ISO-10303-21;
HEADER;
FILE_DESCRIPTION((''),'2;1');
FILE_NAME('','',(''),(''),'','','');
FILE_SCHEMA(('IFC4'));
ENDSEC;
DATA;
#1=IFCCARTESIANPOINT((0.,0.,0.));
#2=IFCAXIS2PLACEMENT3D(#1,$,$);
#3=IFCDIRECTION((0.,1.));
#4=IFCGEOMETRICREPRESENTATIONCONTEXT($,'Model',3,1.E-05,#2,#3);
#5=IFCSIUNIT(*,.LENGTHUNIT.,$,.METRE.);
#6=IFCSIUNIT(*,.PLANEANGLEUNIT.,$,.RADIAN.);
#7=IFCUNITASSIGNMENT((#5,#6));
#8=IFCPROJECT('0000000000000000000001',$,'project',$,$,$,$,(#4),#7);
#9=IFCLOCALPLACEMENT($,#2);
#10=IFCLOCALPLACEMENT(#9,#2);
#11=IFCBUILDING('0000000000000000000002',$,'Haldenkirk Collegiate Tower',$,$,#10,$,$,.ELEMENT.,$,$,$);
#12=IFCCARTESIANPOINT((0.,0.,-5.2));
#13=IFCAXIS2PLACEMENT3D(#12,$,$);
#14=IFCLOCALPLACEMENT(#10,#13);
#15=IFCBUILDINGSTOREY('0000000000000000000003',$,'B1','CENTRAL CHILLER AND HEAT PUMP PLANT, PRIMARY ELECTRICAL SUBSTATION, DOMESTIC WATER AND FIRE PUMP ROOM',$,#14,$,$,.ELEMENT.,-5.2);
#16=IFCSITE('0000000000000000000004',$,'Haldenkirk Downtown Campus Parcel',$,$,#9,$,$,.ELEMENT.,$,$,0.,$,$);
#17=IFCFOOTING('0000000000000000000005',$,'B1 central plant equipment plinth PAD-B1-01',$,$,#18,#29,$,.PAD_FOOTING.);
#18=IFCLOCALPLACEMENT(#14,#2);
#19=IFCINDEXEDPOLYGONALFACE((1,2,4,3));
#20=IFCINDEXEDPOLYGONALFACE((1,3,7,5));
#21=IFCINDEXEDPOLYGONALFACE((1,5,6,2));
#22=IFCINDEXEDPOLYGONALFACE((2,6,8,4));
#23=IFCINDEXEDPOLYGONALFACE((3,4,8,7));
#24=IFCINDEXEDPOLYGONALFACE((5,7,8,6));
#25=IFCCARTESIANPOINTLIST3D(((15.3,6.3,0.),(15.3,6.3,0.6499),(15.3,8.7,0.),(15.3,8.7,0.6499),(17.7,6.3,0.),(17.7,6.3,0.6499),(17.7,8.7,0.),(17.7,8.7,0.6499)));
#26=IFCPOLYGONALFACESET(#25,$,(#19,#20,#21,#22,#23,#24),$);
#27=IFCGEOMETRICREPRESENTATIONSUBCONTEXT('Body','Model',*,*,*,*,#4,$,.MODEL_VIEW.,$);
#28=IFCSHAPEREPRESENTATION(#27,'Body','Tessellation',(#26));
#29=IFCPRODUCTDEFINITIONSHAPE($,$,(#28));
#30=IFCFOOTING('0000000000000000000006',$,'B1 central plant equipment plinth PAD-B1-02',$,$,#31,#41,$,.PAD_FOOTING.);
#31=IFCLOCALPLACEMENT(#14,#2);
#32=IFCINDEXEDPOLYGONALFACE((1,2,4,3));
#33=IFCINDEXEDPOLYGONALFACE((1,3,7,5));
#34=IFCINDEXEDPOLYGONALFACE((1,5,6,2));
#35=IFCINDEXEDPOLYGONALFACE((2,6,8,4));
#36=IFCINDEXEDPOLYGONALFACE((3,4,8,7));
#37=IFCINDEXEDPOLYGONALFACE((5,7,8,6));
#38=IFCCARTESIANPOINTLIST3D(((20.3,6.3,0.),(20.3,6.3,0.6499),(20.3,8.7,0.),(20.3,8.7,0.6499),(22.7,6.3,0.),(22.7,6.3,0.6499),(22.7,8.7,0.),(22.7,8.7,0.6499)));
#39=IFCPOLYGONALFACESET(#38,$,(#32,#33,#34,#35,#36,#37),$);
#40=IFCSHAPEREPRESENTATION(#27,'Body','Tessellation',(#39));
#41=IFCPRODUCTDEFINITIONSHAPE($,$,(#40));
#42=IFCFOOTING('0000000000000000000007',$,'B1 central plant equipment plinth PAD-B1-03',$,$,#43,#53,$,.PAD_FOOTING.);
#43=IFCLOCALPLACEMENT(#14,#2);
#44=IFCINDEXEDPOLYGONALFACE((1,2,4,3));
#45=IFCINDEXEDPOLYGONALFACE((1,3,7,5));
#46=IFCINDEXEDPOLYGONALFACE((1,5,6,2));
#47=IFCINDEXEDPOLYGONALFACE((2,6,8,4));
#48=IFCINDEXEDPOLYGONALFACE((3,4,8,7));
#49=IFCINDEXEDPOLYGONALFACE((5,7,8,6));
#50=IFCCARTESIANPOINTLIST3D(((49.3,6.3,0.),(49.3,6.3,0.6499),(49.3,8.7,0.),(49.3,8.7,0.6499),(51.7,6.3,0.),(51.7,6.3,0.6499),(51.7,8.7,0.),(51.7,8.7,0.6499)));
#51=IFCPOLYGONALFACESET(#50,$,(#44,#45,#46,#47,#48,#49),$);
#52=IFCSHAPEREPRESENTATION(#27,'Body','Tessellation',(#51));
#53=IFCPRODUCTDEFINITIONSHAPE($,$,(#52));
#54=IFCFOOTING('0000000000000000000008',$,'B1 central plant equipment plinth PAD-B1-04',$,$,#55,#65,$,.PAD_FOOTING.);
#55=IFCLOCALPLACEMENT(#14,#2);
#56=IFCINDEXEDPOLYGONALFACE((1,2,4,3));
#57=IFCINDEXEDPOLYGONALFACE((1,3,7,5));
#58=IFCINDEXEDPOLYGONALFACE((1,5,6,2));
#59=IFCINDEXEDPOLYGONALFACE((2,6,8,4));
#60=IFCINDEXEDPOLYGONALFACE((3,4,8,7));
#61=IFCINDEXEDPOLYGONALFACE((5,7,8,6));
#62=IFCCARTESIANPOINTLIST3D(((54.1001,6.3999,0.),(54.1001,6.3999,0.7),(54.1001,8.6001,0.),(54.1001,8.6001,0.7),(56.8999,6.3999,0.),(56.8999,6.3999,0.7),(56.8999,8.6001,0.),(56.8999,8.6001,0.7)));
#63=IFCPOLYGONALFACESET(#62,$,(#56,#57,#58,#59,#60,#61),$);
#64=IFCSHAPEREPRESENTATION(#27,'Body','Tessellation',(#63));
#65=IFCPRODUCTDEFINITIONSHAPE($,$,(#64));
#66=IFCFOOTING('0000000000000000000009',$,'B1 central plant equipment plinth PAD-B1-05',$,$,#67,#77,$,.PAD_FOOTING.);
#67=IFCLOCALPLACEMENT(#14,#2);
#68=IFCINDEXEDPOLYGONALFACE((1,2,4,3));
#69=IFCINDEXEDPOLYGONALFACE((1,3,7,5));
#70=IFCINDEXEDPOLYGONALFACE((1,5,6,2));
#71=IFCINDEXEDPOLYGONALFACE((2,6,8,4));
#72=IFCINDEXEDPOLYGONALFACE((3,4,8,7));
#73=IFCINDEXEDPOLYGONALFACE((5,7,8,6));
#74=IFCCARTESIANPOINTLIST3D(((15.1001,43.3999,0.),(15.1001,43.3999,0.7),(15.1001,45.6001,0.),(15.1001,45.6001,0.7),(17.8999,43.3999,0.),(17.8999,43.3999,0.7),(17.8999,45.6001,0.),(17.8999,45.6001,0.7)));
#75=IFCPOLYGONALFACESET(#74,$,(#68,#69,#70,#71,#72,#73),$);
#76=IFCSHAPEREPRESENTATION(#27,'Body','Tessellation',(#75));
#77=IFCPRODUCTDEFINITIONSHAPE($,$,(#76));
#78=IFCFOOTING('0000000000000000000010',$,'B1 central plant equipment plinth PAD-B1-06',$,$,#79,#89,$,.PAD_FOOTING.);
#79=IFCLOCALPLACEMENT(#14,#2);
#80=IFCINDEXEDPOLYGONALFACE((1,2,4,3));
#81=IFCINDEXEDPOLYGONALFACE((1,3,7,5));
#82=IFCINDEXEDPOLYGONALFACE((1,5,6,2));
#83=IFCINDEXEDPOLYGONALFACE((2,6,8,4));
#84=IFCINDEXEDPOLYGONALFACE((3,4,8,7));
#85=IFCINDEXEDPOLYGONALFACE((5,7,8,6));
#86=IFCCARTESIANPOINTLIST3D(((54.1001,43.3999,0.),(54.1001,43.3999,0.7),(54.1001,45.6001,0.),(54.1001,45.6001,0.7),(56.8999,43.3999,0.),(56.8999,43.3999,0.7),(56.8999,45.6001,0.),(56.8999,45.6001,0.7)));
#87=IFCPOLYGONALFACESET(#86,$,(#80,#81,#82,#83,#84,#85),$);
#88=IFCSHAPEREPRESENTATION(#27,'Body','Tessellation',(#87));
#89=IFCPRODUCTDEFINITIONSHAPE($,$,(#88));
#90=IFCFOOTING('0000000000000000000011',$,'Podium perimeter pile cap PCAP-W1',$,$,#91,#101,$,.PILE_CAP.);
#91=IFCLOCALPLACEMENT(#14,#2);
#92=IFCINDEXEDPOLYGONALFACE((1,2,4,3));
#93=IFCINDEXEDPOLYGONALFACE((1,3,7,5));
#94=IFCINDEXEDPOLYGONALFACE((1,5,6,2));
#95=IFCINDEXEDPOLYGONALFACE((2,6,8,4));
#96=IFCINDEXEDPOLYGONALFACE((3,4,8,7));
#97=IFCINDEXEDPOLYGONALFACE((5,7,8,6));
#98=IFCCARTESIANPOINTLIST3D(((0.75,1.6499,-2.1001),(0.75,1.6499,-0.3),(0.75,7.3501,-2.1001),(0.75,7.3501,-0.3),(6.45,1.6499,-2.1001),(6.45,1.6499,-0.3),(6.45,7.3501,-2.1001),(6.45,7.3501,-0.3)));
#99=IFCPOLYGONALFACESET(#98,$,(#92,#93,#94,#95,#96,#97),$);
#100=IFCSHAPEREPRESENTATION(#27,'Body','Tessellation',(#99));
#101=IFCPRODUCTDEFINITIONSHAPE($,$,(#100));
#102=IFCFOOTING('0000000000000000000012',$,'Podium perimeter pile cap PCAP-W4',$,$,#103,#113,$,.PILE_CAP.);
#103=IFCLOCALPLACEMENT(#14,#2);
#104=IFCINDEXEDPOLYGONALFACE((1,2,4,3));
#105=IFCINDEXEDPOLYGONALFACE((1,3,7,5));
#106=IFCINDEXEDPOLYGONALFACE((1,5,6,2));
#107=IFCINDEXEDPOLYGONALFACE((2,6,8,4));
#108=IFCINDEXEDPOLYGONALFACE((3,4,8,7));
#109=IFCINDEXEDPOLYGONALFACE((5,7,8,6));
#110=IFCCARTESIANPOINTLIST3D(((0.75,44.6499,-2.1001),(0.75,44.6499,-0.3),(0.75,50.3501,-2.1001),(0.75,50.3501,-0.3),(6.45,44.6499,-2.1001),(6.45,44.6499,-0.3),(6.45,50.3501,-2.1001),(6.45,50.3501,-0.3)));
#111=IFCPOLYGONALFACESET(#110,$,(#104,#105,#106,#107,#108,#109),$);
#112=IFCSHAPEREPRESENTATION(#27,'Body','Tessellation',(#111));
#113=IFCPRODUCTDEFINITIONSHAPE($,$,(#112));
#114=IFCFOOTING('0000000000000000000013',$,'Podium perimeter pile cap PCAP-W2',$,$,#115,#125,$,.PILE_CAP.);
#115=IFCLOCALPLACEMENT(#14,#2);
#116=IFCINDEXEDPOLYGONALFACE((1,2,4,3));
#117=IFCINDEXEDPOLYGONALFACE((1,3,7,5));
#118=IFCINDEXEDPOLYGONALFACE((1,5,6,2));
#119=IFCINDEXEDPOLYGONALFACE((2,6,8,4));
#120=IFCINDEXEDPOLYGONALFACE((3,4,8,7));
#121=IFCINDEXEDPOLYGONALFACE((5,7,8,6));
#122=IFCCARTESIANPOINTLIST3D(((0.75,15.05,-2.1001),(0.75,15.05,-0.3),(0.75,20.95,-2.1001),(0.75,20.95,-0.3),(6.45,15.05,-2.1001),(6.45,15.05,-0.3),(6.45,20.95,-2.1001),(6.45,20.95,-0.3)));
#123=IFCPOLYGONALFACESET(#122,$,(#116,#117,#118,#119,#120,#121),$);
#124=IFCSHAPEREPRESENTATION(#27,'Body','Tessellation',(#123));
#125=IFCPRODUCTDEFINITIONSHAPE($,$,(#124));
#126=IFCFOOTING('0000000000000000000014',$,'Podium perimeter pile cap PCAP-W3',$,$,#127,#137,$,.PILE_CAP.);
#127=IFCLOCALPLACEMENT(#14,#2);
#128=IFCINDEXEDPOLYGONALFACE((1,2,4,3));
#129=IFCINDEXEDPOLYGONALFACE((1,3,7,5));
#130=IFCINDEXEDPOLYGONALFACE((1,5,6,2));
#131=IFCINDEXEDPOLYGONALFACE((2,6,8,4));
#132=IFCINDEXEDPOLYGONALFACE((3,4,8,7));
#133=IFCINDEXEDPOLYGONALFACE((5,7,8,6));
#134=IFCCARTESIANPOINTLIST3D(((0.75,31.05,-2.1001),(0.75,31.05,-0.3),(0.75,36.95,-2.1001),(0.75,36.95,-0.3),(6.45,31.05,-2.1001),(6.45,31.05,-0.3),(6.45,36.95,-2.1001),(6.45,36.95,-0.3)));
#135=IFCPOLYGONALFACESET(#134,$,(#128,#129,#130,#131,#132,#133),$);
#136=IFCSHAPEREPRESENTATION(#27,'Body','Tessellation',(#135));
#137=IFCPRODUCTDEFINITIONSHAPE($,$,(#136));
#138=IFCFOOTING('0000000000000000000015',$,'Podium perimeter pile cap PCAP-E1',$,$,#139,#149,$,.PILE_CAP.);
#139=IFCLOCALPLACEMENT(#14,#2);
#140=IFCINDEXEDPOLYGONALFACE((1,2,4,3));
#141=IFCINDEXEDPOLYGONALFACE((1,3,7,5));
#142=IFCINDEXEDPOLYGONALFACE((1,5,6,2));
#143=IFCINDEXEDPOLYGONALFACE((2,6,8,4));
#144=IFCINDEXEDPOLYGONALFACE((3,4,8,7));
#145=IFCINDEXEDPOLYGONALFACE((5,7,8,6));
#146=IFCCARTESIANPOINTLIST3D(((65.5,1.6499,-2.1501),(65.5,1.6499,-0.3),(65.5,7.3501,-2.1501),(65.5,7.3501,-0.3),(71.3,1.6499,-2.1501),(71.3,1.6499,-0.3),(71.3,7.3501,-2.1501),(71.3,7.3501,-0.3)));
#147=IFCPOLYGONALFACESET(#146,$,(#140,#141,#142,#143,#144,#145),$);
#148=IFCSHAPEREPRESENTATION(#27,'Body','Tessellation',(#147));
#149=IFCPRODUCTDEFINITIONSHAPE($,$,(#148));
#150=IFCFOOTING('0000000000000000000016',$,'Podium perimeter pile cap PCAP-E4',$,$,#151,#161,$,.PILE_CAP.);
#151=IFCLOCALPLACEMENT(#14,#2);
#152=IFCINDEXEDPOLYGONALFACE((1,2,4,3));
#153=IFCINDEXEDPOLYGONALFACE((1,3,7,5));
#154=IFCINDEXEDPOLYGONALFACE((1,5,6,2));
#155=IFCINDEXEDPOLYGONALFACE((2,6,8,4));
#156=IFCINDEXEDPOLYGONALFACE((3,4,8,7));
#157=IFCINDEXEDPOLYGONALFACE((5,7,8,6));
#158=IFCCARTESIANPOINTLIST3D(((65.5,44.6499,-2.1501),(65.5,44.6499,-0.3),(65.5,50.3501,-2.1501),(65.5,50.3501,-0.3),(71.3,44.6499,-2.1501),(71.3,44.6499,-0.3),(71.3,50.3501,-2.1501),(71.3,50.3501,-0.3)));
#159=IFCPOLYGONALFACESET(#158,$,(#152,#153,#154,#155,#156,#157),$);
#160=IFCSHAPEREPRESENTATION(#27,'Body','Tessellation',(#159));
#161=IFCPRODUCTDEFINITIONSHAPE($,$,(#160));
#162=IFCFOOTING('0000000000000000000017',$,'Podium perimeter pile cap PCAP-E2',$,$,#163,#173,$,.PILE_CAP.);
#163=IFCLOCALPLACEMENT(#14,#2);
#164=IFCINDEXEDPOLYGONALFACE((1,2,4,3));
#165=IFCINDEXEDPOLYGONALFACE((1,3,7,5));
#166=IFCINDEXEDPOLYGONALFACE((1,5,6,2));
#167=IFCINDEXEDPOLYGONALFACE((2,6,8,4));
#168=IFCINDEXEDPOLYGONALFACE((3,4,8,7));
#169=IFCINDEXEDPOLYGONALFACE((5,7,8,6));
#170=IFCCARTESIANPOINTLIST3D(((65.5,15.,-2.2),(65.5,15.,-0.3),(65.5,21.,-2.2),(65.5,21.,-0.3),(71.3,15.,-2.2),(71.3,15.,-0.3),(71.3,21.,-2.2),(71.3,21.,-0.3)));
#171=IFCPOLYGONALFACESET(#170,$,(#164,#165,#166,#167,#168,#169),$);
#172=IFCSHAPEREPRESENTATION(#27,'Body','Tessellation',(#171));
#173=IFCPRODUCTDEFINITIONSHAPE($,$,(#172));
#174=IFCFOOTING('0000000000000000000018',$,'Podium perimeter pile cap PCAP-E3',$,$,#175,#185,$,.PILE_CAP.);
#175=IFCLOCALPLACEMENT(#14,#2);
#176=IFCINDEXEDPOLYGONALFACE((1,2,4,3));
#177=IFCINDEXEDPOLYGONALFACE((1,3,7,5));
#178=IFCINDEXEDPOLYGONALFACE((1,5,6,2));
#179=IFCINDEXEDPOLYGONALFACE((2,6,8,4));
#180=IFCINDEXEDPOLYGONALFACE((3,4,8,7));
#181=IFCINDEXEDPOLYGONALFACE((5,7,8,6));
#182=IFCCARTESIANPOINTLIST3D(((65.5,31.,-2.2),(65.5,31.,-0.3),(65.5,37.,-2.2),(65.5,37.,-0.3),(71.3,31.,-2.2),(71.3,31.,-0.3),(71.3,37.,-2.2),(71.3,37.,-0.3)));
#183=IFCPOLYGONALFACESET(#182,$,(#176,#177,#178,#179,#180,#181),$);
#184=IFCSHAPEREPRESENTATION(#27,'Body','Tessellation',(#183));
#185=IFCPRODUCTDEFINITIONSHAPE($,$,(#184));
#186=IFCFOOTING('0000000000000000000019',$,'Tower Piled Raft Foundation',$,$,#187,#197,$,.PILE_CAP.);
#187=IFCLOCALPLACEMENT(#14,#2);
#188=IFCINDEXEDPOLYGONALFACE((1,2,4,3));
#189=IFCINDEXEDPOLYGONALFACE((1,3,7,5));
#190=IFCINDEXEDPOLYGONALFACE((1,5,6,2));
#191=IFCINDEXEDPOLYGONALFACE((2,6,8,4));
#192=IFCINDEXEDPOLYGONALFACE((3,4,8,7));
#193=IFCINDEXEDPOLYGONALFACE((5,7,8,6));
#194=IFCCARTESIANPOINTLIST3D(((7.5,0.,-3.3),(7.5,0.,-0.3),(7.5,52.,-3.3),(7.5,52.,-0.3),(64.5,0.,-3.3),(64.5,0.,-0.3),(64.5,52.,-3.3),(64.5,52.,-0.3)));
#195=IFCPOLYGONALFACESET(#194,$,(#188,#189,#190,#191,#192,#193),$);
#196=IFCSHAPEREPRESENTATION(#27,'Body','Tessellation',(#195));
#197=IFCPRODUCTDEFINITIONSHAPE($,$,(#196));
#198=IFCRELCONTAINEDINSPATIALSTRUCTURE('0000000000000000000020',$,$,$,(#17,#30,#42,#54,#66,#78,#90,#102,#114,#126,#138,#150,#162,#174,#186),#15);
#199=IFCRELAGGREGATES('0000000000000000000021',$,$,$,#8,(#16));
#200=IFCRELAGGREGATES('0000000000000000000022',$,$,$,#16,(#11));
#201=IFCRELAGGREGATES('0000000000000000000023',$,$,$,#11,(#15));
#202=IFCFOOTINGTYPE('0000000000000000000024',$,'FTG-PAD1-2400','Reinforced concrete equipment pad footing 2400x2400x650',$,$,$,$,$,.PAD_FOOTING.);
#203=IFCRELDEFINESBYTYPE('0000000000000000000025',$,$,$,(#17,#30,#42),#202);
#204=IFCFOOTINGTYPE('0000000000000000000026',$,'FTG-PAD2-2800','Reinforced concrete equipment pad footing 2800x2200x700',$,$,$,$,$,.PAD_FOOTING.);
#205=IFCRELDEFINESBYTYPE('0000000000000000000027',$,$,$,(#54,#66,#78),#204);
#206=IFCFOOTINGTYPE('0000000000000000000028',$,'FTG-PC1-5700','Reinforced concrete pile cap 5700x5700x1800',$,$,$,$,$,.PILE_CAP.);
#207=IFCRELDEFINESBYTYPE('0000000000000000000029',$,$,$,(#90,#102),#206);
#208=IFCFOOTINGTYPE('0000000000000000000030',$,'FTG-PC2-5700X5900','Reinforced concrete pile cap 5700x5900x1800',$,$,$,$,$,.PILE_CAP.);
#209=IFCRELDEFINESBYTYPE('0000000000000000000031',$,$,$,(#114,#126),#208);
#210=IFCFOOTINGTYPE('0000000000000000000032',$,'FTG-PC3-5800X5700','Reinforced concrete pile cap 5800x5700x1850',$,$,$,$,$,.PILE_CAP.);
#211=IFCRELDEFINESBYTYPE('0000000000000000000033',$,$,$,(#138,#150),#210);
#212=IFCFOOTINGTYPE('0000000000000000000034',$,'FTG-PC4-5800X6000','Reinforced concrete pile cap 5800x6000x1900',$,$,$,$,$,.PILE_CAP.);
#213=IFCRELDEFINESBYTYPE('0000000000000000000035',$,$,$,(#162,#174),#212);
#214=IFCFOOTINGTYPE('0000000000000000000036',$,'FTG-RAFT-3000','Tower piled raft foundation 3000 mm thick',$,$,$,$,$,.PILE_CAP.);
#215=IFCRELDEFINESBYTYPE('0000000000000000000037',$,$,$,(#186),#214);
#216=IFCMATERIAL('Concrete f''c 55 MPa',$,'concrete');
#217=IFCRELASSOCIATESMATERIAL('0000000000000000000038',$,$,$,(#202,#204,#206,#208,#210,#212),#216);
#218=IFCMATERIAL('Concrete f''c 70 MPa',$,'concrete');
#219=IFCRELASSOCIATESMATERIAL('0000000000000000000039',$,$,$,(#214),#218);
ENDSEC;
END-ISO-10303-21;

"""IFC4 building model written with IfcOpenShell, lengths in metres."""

from ifc_helpers import new_model, si_unit, direction, frame, origin, place, context, subcontext, project, spatial, polyline, outline, extrude, material, type_object, element, save


model = new_model("IFC4")

# Units and contexts
model_context = context("Model", 3, precision=1e-05, world=origin(), true_north=direction((0.0, 1.0)))
body_context = subcontext(model_context, "Body", "Model", "MODEL_VIEW")
ifc_project = project(units=[si_unit("LENGTHUNIT", "METRE"), si_unit("PLANEANGLEUNIT", "RADIAN")], contexts=[model_context])

# Site, building, storey
site_placement = place(None, origin())
site = spatial("IfcSite", under=ifc_project, at=site_placement, Name="Haldenkirk Downtown Campus Parcel", CompositionType="ELEMENT", RefElevation=0.0)
building_placement = place(site_placement, origin())
building = spatial("IfcBuilding", under=site, at=building_placement, Name="Haldenkirk Collegiate Tower", CompositionType="ELEMENT")
storey_placement = place(building_placement, frame((0.0, 0.0, -5.2)))
storey = spatial("IfcBuildingStorey", under=building, at=storey_placement, Name="B1", Description="CENTRAL CHILLER AND HEAT PUMP PLANT, PRIMARY ELECTRICAL SUBSTATION, DOMESTIC WATER AND FIRE PUMP ROOM", CompositionType="ELEMENT", Elevation=-5.2)

# Footings
ifc_material_1 = material(Name="Concrete f'c 55 MPa", Category="concrete")
footing_type_1 = type_object("IfcFootingType", Name="FTG-PAD1-2400", Description="Reinforced concrete equipment pad footing 2400x2400x650", PredefinedType="PAD_FOOTING", material=ifc_material_1)
footing_1_placement = place(storey_placement, origin())
element("IfcFooting", 1, at=footing_1_placement, inside=storey, type_object=footing_type_1, Name="B1 central plant equipment plinth PAD-B1-01", PredefinedType="PAD_FOOTING", context=body_context, shape_type="SweptSolid", body=[
    extrude(outline(polyline([(15.3, 6.3), (17.7, 6.3), (17.7, 8.7), (15.3, 8.7), (15.3, 6.3)])), origin(), (0.0, 0.0, 1.0), 0.6499),
])
footing_2_placement = place(storey_placement, origin())
element("IfcFooting", 2, at=footing_2_placement, inside=storey, type_object=footing_type_1, Name="B1 central plant equipment plinth PAD-B1-02", PredefinedType="PAD_FOOTING", context=body_context, shape_type="SweptSolid", body=[
    extrude(outline(polyline([(20.3, 6.3), (22.7, 6.3), (22.7, 8.7), (20.3, 8.7), (20.3, 6.3)])), origin(), (0.0, 0.0, 1.0), 0.6499),
])
footing_3_placement = place(storey_placement, origin())
element("IfcFooting", 3, at=footing_3_placement, inside=storey, type_object=footing_type_1, Name="B1 central plant equipment plinth PAD-B1-03", PredefinedType="PAD_FOOTING", context=body_context, shape_type="SweptSolid", body=[
    extrude(outline(polyline([(49.3, 6.3), (51.7, 6.3), (51.7, 8.7), (49.3, 8.7), (49.3, 6.3)])), origin(), (0.0, 0.0, 1.0), 0.6499),
])
footing_type_2 = type_object("IfcFootingType", Name="FTG-PAD2-2800", Description="Reinforced concrete equipment pad footing 2800x2200x700", PredefinedType="PAD_FOOTING", material=ifc_material_1)
footing_4_placement = place(storey_placement, origin())
element("IfcFooting", 4, at=footing_4_placement, inside=storey, type_object=footing_type_2, Name="B1 central plant equipment plinth PAD-B1-04", PredefinedType="PAD_FOOTING", context=body_context, shape_type="SweptSolid", body=[
    extrude(outline(polyline([(54.1001, 6.3999), (56.8999, 6.3999), (56.8999, 8.6001), (54.1001, 8.6001), (54.1001, 6.3999)])), origin(), (0.0, 0.0, 1.0), 0.7),
])
footing_5_placement = place(storey_placement, origin())
element("IfcFooting", 5, at=footing_5_placement, inside=storey, type_object=footing_type_2, Name="B1 central plant equipment plinth PAD-B1-05", PredefinedType="PAD_FOOTING", context=body_context, shape_type="SweptSolid", body=[
    extrude(outline(polyline([(15.1001, 43.3999), (17.8999, 43.3999), (17.8999, 45.6001), (15.1001, 45.6001), (15.1001, 43.3999)])), origin(), (0.0, 0.0, 1.0), 0.7),
])
footing_6_placement = place(storey_placement, origin())
element("IfcFooting", 6, at=footing_6_placement, inside=storey, type_object=footing_type_2, Name="B1 central plant equipment plinth PAD-B1-06", PredefinedType="PAD_FOOTING", context=body_context, shape_type="SweptSolid", body=[
    extrude(outline(polyline([(54.1001, 43.3999), (56.8999, 43.3999), (56.8999, 45.6001), (54.1001, 45.6001), (54.1001, 43.3999)])), origin(), (0.0, 0.0, 1.0), 0.7),
])
footing_type_3 = type_object("IfcFootingType", Name="FTG-PC1-5700", Description="Reinforced concrete pile cap 5700x5700x1800", PredefinedType="PILE_CAP", material=ifc_material_1)
footing_7_placement = place(storey_placement, frame((0.0, 0.0, -2.1001)))
element("IfcFooting", 7, at=footing_7_placement, inside=storey, type_object=footing_type_3, Name="Podium perimeter pile cap PCAP-W1", PredefinedType="PILE_CAP", context=body_context, shape_type="SweptSolid", body=[
    extrude(outline(polyline([(0.75, 1.6499), (6.45, 1.6499), (6.45, 7.3501), (0.75, 7.3501), (0.75, 1.6499)])), origin(), (0.0, 0.0, 1.0), 1.8),
])
footing_8_placement = place(storey_placement, frame((0.0, 0.0, -2.1001)))
element("IfcFooting", 8, at=footing_8_placement, inside=storey, type_object=footing_type_3, Name="Podium perimeter pile cap PCAP-W4", PredefinedType="PILE_CAP", context=body_context, shape_type="SweptSolid", body=[
    extrude(outline(polyline([(0.75, 44.6499), (6.45, 44.6499), (6.45, 50.3501), (0.75, 50.3501), (0.75, 44.6499)])), origin(), (0.0, 0.0, 1.0), 1.8),
])
footing_type_4 = type_object("IfcFootingType", Name="FTG-PC2-5700X5900", Description="Reinforced concrete pile cap 5700x5900x1800", PredefinedType="PILE_CAP", material=ifc_material_1)
footing_9_placement = place(storey_placement, frame((0.0, 0.0, -2.1001)))
element("IfcFooting", 9, at=footing_9_placement, inside=storey, type_object=footing_type_4, Name="Podium perimeter pile cap PCAP-W2", PredefinedType="PILE_CAP", context=body_context, shape_type="SweptSolid", body=[
    extrude(outline(polyline([(0.75, 15.05), (6.45, 15.05), (6.45, 20.95), (0.75, 20.95), (0.75, 15.05)])), origin(), (0.0, 0.0, 1.0), 1.8),
])
footing_10_placement = place(storey_placement, frame((0.0, 0.0, -2.1001)))
element("IfcFooting", 10, at=footing_10_placement, inside=storey, type_object=footing_type_4, Name="Podium perimeter pile cap PCAP-W3", PredefinedType="PILE_CAP", context=body_context, shape_type="SweptSolid", body=[
    extrude(outline(polyline([(0.75, 31.05), (6.45, 31.05), (6.45, 36.95), (0.75, 36.95), (0.75, 31.05)])), origin(), (0.0, 0.0, 1.0), 1.8),
])
footing_type_5 = type_object("IfcFootingType", Name="FTG-PC3-5800X5700", Description="Reinforced concrete pile cap 5800x5700x1850", PredefinedType="PILE_CAP", material=ifc_material_1)
footing_11_placement = place(storey_placement, frame((0.0, 0.0, -2.1501)))
element("IfcFooting", 11, at=footing_11_placement, inside=storey, type_object=footing_type_5, Name="Podium perimeter pile cap PCAP-E1", PredefinedType="PILE_CAP", context=body_context, shape_type="SweptSolid", body=[
    extrude(outline(polyline([(65.5, 1.6499), (71.3, 1.6499), (71.3, 7.3501), (65.5, 7.3501), (65.5, 1.6499)])), origin(), (0.0, 0.0, 1.0), 1.8501),
])
footing_12_placement = place(storey_placement, frame((0.0, 0.0, -2.1501)))
element("IfcFooting", 12, at=footing_12_placement, inside=storey, type_object=footing_type_5, Name="Podium perimeter pile cap PCAP-E4", PredefinedType="PILE_CAP", context=body_context, shape_type="SweptSolid", body=[
    extrude(outline(polyline([(65.5, 44.6499), (71.3, 44.6499), (71.3, 50.3501), (65.5, 50.3501), (65.5, 44.6499)])), origin(), (0.0, 0.0, 1.0), 1.8501),
])
footing_type_6 = type_object("IfcFootingType", Name="FTG-PC4-5800X6000", Description="Reinforced concrete pile cap 5800x6000x1900", PredefinedType="PILE_CAP", material=ifc_material_1)
footing_13_placement = place(storey_placement, frame((0.0, 0.0, -2.2)))
element("IfcFooting", 13, at=footing_13_placement, inside=storey, type_object=footing_type_6, Name="Podium perimeter pile cap PCAP-E2", PredefinedType="PILE_CAP", context=body_context, shape_type="SweptSolid", body=[
    extrude(outline(polyline([(65.5, 15.0), (71.3, 15.0), (71.3, 21.0), (65.5, 21.0), (65.5, 15.0)])), origin(), (0.0, 0.0, 1.0), 1.8999),
])
footing_14_placement = place(storey_placement, frame((0.0, 0.0, -2.2)))
element("IfcFooting", 14, at=footing_14_placement, inside=storey, type_object=footing_type_6, Name="Podium perimeter pile cap PCAP-E3", PredefinedType="PILE_CAP", context=body_context, shape_type="SweptSolid", body=[
    extrude(outline(polyline([(65.5, 31.0), (71.3, 31.0), (71.3, 37.0), (65.5, 37.0), (65.5, 31.0)])), origin(), (0.0, 0.0, 1.0), 1.8999),
])
ifc_material_2 = material(Name="Concrete f'c 70 MPa", Category="concrete")
footing_type_7 = type_object("IfcFootingType", Name="FTG-RAFT-3000", Description="Tower piled raft foundation 3000 mm thick", PredefinedType="PILE_CAP", material=ifc_material_2)
footing_15_placement = place(storey_placement, frame((0.0, 0.0, -3.3)))
element("IfcFooting", 15, at=footing_15_placement, inside=storey, type_object=footing_type_7, Name="Tower Piled Raft Foundation", PredefinedType="PILE_CAP", context=body_context, shape_type="SweptSolid", body=[
    extrude(outline(polyline([(7.5, 0.0), (64.5, 0.0), (64.5, 52.0), (7.5, 52.0), (7.5, 0.0)])), origin(), (0.0, 0.0, 1.0), 3.0),
])

save(model, "model.ifc")
